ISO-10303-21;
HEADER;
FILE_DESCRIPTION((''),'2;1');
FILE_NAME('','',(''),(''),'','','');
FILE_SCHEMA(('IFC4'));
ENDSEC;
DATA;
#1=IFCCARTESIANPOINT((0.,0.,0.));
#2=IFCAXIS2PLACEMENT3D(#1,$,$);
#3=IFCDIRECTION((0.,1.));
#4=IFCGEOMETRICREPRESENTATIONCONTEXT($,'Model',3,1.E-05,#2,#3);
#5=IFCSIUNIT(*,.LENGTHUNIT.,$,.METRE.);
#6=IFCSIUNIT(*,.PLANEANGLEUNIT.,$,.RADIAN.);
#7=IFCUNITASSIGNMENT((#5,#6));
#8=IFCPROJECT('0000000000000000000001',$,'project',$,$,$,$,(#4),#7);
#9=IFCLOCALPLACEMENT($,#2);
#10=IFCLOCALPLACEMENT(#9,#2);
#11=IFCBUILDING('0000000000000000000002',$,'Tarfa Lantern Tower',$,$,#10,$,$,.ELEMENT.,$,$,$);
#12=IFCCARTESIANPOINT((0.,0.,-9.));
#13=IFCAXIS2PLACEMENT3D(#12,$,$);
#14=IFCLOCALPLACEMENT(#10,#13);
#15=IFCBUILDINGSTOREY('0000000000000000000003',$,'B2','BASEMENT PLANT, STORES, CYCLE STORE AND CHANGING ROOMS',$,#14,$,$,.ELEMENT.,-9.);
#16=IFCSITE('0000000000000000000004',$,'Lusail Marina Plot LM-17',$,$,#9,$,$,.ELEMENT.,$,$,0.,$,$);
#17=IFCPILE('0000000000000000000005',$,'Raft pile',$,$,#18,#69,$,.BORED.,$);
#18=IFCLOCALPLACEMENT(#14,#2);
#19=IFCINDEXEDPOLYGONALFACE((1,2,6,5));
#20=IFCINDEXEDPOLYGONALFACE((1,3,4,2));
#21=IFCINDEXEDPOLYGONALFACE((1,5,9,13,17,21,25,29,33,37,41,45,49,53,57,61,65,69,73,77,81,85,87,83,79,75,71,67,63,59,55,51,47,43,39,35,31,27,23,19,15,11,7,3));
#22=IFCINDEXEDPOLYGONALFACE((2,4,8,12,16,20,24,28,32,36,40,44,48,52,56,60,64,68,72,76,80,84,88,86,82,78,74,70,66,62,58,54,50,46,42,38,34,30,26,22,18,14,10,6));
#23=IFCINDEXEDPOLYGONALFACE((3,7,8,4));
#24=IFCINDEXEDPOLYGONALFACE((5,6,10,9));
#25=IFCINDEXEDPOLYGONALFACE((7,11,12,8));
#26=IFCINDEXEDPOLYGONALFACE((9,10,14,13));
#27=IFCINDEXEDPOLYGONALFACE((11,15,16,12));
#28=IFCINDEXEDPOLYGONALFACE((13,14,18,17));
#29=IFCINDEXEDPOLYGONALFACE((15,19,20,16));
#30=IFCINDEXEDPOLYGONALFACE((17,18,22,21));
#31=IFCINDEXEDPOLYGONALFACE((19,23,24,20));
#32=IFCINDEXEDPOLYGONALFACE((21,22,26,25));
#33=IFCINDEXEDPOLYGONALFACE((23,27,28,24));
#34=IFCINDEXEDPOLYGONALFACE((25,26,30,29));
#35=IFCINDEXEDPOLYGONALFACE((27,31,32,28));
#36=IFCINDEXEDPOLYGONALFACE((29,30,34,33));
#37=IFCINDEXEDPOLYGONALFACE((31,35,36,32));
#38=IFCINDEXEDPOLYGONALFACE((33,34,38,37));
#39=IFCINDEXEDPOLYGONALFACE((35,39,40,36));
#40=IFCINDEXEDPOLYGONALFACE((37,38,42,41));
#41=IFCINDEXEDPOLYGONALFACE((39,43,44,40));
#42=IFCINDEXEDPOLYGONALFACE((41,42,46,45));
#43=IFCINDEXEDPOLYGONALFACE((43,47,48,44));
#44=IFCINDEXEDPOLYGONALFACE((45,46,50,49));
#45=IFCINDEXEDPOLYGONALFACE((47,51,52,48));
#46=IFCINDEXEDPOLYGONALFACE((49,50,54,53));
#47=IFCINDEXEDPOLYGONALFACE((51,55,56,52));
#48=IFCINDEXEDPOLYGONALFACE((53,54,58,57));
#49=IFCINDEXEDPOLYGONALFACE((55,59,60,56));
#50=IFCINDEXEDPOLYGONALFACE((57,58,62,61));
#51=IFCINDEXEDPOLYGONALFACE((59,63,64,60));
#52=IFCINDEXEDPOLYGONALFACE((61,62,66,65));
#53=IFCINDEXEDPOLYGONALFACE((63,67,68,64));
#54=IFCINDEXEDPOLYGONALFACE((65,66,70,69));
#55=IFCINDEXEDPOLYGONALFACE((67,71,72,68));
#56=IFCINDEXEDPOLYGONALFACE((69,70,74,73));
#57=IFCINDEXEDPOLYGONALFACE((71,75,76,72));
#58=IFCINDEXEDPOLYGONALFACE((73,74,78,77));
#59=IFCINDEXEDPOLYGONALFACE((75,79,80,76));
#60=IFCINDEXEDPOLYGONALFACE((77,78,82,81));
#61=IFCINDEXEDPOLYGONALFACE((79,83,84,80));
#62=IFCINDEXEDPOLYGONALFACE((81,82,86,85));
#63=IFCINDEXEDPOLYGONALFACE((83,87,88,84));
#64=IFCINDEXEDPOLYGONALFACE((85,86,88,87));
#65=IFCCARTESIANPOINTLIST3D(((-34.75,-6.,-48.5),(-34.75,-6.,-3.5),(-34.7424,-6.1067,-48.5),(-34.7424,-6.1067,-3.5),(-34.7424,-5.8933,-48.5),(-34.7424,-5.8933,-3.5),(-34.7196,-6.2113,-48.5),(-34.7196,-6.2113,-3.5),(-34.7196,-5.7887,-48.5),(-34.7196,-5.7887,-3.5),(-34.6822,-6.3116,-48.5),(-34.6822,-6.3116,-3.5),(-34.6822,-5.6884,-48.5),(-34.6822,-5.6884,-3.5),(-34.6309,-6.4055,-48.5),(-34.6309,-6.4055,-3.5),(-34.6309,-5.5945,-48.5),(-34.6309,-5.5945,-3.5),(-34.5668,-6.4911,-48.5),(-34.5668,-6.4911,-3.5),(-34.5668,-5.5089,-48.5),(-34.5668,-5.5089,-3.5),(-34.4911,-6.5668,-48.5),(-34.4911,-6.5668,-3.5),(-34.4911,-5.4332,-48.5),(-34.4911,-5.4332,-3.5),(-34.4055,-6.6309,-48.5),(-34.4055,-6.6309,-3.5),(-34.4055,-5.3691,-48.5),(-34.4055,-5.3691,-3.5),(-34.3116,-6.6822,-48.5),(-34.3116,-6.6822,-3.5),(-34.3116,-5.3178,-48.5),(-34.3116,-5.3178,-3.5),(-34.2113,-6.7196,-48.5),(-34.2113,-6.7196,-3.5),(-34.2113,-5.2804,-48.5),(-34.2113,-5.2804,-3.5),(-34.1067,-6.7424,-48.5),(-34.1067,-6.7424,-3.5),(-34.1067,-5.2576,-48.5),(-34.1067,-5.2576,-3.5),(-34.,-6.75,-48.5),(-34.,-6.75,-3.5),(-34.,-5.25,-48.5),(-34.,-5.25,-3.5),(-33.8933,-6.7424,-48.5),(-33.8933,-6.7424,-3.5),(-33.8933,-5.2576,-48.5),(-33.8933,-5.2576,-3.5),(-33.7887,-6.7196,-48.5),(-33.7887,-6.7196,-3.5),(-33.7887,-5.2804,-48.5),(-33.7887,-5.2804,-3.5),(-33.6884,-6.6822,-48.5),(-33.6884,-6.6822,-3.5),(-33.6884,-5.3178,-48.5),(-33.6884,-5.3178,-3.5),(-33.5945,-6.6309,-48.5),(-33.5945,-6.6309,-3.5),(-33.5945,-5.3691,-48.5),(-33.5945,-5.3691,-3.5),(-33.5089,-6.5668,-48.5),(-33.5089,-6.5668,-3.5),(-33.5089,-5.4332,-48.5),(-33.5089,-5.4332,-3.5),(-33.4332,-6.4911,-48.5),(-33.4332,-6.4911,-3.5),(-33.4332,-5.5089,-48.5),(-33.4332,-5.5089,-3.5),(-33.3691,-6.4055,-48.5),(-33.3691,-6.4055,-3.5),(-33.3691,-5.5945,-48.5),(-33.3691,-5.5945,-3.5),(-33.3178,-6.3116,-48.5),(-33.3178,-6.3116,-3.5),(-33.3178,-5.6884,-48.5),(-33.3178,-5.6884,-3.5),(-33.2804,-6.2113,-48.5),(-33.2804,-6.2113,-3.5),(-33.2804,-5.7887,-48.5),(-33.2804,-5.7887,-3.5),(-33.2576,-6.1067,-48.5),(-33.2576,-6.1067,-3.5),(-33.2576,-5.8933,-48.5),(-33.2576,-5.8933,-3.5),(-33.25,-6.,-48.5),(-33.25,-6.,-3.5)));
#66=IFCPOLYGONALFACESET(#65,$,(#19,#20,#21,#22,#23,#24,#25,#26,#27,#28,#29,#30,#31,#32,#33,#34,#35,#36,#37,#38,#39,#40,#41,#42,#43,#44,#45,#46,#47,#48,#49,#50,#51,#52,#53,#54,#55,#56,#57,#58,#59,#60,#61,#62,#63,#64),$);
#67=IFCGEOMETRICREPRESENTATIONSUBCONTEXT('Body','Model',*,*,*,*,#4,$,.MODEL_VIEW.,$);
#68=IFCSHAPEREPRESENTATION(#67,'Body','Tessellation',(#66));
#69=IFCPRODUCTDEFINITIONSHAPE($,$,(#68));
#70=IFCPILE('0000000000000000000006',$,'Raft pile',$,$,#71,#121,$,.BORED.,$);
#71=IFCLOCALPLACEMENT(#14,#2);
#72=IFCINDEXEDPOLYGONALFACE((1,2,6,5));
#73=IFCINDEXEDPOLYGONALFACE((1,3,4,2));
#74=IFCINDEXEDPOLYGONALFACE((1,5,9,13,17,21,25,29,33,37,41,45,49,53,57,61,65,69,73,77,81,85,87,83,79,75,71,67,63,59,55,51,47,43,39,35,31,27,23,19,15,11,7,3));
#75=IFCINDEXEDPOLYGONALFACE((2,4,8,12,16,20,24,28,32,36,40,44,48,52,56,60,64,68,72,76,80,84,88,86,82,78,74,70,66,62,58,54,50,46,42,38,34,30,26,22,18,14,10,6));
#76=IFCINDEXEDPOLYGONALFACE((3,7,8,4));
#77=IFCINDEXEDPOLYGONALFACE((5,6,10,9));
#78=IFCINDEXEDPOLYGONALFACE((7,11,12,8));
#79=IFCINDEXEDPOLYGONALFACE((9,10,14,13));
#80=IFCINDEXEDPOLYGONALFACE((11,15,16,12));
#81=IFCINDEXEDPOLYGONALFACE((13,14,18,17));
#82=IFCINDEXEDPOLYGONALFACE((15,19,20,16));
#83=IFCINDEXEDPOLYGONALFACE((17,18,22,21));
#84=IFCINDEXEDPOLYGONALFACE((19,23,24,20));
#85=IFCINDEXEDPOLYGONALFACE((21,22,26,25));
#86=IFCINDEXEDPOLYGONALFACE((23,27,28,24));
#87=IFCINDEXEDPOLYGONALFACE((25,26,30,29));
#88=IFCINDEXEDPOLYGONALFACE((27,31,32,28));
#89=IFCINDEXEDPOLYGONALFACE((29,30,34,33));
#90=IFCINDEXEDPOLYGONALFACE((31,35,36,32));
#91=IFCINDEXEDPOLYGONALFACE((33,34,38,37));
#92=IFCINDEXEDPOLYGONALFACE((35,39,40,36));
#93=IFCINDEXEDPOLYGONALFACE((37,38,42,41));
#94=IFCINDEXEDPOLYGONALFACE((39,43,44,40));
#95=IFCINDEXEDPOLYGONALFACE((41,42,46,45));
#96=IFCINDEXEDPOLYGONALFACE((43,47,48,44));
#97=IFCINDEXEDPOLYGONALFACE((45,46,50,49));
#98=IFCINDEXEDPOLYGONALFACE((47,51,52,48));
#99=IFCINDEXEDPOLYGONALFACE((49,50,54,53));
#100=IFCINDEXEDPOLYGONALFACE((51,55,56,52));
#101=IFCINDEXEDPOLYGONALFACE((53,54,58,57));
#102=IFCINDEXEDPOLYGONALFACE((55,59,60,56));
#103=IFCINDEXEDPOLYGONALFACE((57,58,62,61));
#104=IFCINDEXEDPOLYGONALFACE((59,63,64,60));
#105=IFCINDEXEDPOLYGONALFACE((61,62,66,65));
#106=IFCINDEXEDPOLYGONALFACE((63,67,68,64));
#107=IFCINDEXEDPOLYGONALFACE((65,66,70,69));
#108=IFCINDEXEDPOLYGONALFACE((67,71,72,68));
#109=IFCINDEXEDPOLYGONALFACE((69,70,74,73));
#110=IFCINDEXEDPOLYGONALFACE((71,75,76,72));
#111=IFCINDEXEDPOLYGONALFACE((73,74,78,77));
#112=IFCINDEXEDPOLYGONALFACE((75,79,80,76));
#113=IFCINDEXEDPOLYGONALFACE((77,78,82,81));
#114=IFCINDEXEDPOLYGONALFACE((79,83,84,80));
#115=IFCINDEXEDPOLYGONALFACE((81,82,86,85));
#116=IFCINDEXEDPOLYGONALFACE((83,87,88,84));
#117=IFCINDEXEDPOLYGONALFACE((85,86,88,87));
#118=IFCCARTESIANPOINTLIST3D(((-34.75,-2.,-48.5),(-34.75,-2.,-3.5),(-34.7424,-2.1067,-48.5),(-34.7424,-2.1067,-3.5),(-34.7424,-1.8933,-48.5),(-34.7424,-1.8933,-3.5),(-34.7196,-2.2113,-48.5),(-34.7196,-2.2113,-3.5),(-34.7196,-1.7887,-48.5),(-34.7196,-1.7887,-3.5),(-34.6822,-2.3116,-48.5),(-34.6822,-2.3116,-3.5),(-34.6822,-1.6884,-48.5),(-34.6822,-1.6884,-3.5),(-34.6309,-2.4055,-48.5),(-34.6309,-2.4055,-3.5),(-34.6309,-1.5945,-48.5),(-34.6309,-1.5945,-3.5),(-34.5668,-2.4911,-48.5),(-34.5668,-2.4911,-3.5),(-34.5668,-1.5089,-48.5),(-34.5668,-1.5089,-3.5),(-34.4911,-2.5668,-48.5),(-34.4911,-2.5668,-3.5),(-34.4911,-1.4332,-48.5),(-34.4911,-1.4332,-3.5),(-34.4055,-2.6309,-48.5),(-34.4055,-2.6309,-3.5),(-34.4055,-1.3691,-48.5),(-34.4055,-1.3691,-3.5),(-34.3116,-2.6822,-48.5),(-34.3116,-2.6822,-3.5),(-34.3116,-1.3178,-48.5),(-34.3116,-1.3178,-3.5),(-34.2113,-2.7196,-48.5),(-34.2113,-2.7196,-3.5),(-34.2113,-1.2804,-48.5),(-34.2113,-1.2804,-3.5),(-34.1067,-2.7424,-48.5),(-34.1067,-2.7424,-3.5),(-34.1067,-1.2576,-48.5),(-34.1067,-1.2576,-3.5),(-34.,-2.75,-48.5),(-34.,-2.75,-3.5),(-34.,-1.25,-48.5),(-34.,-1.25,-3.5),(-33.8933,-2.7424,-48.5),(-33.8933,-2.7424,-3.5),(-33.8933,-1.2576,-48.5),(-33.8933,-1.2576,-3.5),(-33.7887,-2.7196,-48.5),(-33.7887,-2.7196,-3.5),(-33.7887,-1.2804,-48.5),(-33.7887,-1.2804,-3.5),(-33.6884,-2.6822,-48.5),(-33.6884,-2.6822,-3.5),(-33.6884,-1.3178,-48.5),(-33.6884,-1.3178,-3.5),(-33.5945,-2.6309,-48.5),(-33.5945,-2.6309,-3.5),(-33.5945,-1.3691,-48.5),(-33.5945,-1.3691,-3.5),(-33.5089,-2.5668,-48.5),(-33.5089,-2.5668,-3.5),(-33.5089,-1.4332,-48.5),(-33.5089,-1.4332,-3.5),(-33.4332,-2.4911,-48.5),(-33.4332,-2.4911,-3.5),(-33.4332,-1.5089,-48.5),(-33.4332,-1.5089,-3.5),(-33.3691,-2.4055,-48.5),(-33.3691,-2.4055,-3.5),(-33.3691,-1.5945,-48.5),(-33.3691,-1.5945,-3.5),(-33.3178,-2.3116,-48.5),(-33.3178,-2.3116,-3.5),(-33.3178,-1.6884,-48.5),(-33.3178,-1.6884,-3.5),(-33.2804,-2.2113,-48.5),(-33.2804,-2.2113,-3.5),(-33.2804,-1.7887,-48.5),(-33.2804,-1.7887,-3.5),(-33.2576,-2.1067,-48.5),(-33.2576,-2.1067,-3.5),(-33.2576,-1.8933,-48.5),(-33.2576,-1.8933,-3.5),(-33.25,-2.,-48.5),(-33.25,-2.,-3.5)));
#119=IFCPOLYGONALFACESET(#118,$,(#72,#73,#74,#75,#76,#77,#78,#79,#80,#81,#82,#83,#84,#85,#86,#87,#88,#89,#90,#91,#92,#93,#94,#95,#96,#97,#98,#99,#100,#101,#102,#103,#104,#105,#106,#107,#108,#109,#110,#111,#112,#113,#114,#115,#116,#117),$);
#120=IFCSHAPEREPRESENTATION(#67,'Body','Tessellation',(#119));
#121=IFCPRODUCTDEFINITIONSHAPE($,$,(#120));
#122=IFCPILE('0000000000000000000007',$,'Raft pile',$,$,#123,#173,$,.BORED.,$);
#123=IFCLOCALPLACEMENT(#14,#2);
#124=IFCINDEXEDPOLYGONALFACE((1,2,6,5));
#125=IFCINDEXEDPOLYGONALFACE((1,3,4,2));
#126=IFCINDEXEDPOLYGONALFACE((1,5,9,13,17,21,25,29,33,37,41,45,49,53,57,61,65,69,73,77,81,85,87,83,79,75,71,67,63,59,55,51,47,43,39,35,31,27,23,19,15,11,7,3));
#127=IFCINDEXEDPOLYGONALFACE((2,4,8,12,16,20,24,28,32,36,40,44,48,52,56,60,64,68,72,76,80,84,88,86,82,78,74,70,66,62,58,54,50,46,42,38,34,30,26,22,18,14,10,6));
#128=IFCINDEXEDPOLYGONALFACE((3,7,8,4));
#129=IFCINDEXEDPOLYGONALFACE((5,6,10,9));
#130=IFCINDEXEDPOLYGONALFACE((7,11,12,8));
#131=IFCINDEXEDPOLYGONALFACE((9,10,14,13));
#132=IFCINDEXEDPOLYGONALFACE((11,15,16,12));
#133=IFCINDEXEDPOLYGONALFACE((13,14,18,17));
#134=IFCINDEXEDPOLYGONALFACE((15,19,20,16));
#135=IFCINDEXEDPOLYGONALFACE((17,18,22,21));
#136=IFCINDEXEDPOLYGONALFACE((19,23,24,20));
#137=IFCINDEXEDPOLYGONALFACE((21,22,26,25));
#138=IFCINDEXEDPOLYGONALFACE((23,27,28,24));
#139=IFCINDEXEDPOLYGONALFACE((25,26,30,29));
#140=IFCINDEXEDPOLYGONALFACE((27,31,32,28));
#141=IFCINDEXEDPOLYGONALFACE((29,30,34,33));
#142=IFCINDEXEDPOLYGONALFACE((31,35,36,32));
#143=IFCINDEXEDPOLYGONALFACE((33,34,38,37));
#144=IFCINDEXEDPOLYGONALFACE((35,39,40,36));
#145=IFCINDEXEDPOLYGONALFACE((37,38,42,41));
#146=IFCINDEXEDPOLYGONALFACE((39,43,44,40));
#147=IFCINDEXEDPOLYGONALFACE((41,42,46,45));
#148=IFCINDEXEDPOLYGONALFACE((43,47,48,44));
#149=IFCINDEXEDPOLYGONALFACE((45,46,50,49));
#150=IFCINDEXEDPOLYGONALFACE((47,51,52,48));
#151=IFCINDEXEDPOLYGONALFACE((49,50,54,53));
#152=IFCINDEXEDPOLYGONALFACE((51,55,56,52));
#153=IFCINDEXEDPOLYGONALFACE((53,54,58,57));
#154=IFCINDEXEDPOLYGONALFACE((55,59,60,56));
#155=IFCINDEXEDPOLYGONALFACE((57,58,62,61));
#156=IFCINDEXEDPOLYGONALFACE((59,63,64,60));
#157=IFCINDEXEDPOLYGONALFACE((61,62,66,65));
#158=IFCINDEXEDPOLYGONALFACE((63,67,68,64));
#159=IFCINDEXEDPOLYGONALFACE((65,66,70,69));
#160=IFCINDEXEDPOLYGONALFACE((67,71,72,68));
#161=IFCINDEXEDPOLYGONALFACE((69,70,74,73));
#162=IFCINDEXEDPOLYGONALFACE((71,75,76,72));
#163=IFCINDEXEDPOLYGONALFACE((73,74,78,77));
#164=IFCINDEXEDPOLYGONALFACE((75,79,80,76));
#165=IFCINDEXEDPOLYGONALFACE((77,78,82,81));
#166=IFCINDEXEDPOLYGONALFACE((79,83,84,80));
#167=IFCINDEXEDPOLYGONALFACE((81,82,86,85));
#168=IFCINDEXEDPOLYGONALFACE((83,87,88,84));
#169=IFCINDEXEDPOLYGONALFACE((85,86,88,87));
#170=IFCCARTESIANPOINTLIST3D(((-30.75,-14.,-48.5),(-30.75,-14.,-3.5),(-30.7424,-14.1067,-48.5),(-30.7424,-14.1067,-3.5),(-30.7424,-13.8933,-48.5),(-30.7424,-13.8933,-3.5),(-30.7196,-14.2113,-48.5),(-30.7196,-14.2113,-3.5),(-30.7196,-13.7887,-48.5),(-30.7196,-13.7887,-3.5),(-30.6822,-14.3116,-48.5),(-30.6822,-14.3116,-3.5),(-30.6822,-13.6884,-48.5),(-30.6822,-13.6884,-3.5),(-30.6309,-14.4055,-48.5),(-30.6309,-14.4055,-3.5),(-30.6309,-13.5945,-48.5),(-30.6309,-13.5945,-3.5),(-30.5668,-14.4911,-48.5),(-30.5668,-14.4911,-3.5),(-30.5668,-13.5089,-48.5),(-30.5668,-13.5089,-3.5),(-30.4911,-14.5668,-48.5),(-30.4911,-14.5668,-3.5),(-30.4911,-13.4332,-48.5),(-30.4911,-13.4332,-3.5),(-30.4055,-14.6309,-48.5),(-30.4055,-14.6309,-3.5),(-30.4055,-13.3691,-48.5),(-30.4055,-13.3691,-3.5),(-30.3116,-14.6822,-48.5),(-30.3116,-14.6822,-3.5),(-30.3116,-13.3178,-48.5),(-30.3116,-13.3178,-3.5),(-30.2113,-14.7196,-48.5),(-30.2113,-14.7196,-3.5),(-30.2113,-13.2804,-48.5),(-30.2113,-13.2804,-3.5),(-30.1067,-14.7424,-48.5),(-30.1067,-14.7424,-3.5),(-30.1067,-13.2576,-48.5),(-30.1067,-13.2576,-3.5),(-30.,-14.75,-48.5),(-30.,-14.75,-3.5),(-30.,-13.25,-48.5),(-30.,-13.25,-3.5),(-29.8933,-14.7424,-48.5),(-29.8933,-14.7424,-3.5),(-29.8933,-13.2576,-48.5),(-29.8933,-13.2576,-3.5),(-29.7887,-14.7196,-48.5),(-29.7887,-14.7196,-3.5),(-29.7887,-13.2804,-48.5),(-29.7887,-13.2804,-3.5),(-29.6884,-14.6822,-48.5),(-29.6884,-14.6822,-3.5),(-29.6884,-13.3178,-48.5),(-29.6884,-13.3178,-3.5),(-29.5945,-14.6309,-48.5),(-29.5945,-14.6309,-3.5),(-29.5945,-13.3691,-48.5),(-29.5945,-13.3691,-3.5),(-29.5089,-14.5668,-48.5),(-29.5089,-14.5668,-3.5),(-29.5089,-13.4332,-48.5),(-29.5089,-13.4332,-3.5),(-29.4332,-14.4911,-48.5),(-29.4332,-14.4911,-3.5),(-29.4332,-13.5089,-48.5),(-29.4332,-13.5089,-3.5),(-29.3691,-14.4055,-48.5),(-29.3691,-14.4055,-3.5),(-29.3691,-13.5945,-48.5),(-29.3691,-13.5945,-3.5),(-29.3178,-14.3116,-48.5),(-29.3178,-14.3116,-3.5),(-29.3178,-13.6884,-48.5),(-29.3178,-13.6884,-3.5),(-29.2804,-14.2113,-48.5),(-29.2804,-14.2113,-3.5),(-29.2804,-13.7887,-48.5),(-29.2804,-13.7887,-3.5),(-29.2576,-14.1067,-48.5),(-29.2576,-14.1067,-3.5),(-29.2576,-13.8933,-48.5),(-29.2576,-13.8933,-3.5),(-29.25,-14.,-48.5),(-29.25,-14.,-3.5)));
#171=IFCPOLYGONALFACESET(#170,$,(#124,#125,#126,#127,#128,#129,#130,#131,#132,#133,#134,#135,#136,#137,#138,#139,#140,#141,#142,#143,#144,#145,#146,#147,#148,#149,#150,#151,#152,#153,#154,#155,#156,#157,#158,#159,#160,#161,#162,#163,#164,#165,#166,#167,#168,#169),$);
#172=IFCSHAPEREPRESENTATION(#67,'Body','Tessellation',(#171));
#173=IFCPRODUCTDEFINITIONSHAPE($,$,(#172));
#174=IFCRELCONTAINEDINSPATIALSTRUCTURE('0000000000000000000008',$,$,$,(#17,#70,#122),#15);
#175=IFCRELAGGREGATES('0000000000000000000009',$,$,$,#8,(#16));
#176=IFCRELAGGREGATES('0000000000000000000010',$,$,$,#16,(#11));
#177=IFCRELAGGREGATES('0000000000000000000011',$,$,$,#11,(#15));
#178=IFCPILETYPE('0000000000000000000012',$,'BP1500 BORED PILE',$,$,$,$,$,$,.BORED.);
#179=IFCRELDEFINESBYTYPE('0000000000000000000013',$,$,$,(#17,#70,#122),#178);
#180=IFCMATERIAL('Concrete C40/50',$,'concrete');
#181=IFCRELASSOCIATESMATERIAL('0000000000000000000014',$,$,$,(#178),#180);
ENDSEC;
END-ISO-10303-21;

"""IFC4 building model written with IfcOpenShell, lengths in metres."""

from ifc_helpers import new_model, si_unit, direction, frame, origin, origin_2d, place, context, subcontext, project, spatial, circle, extrude, material, material_profile, profile_set, type_object, element, save


model = new_model("IFC4")

# Units and contexts
model_context = context("Model", 3, precision=1e-05, world=origin(), true_north=direction((0.0, 1.0)))
body_context = subcontext(model_context, "Body", "Model", "MODEL_VIEW")
ifc_project = project(units=[si_unit("LENGTHUNIT", "METRE"), si_unit("PLANEANGLEUNIT", "RADIAN")], contexts=[model_context])

# Site, building, storey
site_placement = place(None, origin())
site = spatial("IfcSite", under=ifc_project, at=site_placement, Name="Lusail Marina Plot LM-17", CompositionType="ELEMENT", RefElevation=0.0)
building_placement = place(site_placement, origin())
building = spatial("IfcBuilding", under=site, at=building_placement, Name="Tarfa Lantern Tower", CompositionType="ELEMENT")
storey_placement = place(building_placement, frame((0.0, 0.0, -9.0)))
storey = spatial("IfcBuildingStorey", under=building, at=storey_placement, Name="B2", Description="BASEMENT PLANT, STORES, CYCLE STORE AND CHANGING ROOMS", CompositionType="ELEMENT", Elevation=-9.0)

# Piles
ifc_material_1 = material(Name="Concrete C40/50", Category="concrete")
ifc_material_profile_1 = material_profile(ifc_material_1, circle(Radius=0.75, at=origin_2d()), Name="BORED PILE D1500")
ifc_profile_set_1 = profile_set([ifc_material_profile_1], Name="Concrete C40/50")
pile_type = type_object("IfcPileType", Name="BP1500 BORED PILE", PredefinedType="BORED", material=ifc_profile_set_1)
for number, where, z_axis, x_axis, name in (
    (1, (-34.0, -6.0, -3.5), (0.0, 0.0, -1.0), (1.0, 0.0, 0.0), "Raft pile"),
    (2, (-34.0, -2.0, -3.5), (0.0, 0.0, -1.0), (1.0, 0.0, 0.0), "Raft pile"),
    (3, (-30.0, -14.0, -3.5), (0.0, 0.0, -1.0), (1.0, 0.0, 0.0), "Raft pile"),
):
    element("IfcPile", number, at=place(storey_placement, frame(where, z_axis=z_axis, x_axis=x_axis)), inside=storey, type_object=pile_type, Name=name, PredefinedType="BORED", context=body_context, shape_type="SweptSolid", body=[
        extrude(circle(Radius=0.75, at=origin_2d()), origin(), (0.0, 0.0, 1.0), 45.0),
    ])

save(model, "model.ifc")
